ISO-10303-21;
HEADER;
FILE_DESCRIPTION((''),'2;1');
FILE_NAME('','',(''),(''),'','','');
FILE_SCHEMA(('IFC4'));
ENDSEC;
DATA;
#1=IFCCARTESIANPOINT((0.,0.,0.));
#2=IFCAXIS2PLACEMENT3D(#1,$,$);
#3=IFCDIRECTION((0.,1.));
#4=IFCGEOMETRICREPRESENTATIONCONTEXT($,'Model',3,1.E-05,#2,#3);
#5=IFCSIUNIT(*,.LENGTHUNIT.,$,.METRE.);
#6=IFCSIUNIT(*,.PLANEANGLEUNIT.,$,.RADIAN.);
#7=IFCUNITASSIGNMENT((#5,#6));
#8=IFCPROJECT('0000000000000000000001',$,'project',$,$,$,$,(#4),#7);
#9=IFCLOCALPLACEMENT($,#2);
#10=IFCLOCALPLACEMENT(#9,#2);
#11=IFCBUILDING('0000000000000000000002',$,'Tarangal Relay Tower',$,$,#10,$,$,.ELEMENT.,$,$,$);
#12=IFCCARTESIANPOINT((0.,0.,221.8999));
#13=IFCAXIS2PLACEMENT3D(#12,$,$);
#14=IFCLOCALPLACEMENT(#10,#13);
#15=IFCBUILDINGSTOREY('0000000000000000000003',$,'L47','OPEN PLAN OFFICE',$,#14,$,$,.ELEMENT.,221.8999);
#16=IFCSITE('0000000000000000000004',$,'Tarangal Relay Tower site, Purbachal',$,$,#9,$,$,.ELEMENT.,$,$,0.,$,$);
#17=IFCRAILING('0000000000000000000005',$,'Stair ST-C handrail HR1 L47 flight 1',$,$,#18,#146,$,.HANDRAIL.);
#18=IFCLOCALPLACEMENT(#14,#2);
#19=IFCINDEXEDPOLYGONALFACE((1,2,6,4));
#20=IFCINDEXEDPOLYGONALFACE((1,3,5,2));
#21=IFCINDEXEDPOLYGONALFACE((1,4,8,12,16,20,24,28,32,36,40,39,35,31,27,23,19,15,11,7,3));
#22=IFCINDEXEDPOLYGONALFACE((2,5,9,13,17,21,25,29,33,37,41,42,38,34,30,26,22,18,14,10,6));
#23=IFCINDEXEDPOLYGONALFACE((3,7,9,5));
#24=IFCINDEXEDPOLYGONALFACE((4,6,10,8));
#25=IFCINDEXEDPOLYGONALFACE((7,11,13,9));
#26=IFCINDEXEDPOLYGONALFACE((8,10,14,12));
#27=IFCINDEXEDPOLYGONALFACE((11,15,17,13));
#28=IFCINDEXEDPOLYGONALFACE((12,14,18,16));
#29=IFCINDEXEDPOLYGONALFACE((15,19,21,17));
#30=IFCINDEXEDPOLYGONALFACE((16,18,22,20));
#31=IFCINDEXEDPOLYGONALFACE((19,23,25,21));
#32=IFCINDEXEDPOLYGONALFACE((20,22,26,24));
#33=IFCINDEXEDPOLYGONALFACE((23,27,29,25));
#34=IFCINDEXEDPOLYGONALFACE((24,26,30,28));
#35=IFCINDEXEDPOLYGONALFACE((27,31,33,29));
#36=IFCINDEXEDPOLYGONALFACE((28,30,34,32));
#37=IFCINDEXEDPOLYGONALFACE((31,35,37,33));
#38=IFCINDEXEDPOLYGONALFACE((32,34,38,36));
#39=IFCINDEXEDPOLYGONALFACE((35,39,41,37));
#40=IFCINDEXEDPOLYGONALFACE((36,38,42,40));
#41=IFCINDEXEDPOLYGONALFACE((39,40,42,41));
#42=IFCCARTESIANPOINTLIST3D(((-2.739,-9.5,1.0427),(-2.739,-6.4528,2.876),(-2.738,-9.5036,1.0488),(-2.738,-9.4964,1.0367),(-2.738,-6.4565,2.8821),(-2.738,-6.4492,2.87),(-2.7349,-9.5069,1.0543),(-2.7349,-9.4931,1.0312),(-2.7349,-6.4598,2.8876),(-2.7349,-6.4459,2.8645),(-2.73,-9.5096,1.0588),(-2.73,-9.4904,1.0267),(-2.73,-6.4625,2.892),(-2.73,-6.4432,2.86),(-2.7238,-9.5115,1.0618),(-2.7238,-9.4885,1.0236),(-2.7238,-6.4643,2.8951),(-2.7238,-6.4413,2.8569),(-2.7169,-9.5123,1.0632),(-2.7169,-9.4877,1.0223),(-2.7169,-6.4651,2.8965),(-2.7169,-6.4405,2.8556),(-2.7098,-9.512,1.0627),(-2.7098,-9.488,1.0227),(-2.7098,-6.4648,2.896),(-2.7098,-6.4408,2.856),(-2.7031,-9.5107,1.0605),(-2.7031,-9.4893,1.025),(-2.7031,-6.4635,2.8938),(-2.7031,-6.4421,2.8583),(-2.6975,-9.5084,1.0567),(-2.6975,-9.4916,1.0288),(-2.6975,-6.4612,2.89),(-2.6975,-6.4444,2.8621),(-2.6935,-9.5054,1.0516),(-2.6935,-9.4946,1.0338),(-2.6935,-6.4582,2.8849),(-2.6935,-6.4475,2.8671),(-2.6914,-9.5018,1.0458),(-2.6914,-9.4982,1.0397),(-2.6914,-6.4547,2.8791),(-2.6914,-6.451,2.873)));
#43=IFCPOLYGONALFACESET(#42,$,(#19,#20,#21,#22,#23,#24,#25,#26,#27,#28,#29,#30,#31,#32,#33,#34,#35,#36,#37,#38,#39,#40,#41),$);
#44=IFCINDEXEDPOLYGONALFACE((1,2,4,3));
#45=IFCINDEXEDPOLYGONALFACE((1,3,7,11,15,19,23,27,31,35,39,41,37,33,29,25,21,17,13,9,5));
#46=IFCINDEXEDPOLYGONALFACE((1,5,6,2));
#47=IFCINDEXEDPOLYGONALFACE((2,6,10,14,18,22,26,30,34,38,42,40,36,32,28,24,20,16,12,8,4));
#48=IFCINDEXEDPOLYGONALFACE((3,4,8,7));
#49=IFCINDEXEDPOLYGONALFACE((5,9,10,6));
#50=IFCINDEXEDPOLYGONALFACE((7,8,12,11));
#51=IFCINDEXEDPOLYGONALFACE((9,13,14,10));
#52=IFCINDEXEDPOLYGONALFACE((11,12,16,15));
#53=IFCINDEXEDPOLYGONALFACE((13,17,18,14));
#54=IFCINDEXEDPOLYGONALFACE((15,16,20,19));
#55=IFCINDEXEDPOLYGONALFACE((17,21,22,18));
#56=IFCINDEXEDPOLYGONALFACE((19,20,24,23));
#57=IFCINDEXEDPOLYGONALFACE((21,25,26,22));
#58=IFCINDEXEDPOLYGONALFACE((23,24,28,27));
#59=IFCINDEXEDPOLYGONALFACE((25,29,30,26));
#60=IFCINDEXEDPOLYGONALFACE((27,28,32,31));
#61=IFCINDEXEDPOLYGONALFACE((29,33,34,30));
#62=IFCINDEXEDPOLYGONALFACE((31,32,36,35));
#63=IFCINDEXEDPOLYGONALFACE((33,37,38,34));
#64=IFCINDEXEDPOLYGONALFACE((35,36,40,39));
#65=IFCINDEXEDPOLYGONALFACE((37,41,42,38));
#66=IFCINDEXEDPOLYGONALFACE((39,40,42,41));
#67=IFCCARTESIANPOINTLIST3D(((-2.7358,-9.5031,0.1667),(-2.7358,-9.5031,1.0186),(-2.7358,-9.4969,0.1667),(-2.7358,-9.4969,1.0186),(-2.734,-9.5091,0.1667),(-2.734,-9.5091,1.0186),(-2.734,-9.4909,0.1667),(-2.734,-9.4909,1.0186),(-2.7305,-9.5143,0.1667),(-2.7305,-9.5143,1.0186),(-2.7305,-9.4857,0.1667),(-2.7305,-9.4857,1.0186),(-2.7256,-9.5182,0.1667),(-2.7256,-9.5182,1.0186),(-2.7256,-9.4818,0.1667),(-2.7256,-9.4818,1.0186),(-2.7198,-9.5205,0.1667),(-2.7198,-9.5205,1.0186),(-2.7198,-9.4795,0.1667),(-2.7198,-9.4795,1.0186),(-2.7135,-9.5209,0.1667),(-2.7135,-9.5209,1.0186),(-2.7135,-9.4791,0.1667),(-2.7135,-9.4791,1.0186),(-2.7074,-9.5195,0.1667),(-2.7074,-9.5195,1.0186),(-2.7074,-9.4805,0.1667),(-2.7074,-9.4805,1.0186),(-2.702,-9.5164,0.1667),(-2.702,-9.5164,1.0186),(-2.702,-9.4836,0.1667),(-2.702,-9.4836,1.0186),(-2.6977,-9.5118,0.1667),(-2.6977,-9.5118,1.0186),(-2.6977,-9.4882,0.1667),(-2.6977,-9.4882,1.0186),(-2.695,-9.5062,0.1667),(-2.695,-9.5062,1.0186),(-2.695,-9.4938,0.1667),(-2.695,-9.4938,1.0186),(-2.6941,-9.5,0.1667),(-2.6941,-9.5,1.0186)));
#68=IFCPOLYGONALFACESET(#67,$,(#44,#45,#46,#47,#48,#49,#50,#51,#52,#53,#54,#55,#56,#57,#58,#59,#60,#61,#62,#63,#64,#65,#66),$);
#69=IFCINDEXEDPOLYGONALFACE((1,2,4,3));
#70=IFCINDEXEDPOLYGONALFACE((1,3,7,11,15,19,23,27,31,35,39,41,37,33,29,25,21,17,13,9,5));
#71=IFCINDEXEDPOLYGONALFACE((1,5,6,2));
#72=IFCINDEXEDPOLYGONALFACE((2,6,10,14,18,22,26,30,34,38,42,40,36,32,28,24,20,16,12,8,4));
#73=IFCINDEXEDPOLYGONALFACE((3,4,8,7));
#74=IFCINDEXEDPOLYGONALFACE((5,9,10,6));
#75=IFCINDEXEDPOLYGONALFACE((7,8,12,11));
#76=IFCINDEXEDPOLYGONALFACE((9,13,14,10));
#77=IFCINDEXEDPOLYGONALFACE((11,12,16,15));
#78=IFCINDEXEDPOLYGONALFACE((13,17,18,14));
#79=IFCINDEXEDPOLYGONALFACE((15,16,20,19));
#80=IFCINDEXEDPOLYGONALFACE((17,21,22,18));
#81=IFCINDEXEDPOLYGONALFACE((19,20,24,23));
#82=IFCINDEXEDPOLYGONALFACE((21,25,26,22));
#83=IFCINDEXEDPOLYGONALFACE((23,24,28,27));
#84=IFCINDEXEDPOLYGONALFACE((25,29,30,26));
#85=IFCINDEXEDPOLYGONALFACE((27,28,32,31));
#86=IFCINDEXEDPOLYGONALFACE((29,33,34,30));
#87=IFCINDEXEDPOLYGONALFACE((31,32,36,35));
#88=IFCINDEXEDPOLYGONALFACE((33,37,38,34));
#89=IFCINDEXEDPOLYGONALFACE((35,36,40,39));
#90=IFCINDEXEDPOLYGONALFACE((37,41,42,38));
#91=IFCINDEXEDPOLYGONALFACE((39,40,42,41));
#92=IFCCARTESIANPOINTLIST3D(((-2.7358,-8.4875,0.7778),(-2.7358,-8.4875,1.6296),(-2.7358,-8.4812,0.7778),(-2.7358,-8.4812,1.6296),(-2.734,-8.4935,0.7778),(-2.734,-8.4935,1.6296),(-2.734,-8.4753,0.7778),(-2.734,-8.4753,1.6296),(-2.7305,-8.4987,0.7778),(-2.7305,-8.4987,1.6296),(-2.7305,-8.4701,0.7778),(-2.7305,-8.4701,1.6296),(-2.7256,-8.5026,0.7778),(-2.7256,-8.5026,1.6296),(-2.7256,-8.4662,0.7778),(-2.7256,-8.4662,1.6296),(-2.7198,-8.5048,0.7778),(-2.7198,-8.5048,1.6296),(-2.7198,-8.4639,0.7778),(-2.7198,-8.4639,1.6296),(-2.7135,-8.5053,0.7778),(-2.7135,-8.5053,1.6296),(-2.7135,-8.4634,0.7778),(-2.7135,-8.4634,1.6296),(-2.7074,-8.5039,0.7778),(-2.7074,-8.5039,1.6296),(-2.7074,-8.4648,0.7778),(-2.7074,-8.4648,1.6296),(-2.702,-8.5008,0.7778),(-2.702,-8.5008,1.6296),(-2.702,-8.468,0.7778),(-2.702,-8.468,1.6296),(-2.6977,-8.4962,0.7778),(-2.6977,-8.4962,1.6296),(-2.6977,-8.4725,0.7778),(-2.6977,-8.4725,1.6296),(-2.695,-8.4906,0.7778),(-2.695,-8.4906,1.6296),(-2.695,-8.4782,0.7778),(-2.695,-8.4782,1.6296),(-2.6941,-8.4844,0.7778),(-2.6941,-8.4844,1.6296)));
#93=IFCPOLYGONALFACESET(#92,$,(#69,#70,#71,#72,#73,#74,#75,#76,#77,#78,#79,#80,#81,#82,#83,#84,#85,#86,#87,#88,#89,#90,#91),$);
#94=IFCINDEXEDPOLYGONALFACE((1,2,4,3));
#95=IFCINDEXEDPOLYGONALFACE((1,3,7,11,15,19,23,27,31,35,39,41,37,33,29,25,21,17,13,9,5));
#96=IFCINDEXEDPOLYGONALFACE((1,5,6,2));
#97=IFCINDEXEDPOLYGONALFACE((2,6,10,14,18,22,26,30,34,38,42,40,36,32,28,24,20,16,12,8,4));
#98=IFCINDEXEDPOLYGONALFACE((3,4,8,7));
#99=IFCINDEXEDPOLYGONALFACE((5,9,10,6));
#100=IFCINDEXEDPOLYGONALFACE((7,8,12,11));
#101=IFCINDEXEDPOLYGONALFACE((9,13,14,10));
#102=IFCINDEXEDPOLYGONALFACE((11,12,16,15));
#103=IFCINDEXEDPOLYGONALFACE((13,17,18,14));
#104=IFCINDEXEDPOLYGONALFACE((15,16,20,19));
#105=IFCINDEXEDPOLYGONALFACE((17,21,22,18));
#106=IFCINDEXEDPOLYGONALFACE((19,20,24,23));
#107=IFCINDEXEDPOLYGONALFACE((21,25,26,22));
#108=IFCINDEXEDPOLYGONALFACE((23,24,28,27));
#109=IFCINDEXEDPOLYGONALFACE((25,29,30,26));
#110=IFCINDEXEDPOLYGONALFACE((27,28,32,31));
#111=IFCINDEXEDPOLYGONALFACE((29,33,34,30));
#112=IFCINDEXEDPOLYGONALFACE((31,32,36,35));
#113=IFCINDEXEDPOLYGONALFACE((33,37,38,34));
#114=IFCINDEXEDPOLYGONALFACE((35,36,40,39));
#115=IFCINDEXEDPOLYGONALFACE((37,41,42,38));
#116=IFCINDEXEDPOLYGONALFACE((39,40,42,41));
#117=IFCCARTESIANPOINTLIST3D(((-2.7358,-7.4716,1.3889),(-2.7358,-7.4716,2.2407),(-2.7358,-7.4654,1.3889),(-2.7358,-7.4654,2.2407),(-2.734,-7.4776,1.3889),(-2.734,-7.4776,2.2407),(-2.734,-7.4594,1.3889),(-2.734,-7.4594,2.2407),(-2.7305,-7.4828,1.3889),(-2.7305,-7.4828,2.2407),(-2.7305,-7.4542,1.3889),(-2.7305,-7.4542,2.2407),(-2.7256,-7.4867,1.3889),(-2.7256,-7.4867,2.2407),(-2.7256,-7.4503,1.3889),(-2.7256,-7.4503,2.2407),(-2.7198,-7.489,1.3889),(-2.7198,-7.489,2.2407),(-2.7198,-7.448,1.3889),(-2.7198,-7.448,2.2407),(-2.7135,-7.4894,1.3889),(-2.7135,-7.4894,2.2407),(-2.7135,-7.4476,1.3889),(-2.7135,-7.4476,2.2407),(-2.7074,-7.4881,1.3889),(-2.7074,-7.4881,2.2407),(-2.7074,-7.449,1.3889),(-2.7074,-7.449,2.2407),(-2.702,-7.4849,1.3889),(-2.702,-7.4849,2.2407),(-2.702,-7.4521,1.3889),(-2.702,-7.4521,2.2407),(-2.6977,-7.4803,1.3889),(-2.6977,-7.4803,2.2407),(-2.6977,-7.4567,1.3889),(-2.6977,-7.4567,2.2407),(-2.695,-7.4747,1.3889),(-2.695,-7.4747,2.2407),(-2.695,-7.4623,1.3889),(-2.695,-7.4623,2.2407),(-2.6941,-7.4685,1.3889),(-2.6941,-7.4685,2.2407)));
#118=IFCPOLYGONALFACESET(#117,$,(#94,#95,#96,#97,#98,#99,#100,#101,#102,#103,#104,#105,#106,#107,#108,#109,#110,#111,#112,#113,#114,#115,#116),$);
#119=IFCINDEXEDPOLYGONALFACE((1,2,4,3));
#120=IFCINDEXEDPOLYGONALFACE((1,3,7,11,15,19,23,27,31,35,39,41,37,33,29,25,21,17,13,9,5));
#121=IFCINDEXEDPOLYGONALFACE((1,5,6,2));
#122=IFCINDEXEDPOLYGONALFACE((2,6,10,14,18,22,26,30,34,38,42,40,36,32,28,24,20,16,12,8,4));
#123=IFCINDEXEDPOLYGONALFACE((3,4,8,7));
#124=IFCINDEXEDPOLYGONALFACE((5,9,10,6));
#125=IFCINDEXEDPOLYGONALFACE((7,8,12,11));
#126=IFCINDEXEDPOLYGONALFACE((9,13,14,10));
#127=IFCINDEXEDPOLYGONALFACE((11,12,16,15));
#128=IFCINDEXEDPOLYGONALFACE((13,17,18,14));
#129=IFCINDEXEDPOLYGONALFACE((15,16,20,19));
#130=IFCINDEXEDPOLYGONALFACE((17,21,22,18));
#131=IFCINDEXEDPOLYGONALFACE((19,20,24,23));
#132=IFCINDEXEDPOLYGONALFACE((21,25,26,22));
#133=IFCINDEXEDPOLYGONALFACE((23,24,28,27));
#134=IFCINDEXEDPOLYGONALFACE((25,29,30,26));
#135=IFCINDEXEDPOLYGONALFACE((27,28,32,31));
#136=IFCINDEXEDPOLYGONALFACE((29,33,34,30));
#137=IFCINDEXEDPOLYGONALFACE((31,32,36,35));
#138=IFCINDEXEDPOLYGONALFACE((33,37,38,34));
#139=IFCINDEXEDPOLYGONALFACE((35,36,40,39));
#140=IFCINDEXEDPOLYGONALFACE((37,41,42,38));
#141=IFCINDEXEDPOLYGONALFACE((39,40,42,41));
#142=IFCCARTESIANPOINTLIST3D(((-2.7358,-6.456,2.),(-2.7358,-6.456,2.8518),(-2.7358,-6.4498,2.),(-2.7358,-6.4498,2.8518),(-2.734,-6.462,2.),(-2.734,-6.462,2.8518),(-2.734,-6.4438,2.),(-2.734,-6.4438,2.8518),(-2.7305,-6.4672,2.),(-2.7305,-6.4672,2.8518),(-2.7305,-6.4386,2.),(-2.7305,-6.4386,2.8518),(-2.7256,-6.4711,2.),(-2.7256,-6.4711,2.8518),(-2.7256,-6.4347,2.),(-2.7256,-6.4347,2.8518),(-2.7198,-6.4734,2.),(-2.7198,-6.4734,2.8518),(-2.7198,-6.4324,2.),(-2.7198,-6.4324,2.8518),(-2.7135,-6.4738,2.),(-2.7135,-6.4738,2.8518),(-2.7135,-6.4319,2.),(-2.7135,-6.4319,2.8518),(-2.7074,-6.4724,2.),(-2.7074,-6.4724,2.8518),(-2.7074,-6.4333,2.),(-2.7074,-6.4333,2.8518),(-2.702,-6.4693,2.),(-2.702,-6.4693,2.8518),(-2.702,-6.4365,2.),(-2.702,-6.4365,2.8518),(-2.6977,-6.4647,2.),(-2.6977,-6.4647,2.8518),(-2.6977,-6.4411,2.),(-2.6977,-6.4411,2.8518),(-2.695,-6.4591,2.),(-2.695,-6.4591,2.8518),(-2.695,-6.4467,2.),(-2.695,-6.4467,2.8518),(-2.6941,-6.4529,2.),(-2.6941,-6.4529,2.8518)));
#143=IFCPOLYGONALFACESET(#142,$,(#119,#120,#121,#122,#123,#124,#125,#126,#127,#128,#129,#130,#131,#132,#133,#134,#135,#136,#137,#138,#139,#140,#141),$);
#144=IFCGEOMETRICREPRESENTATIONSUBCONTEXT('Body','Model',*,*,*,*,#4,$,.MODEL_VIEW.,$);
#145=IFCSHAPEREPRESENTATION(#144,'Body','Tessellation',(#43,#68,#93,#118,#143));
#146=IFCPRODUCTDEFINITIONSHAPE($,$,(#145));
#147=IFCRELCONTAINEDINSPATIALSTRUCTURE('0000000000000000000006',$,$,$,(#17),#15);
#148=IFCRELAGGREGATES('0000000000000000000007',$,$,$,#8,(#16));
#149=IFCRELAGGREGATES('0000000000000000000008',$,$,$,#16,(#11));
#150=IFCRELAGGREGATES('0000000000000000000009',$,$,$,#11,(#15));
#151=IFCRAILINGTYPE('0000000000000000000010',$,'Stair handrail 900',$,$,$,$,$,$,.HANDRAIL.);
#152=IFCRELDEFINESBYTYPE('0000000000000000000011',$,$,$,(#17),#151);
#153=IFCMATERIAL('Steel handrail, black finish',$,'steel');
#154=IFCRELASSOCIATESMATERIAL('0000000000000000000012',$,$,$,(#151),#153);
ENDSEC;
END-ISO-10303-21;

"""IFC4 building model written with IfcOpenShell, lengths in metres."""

from ifc_helpers import new_model, si_unit, direction, frame, origin, origin_2d, place, context, subcontext, project, spatial, circle, extrude, material, type_object, element, save


model = new_model("IFC4")

# Units and contexts
model_context = context("Model", 3, precision=1e-05, world=origin(), true_north=direction((0.0, 1.0)))
body_context = subcontext(model_context, "Body", "Model", "MODEL_VIEW")
ifc_project = project(units=[si_unit("LENGTHUNIT", "METRE"), si_unit("PLANEANGLEUNIT", "RADIAN")], contexts=[model_context])

# Site, building, storey
site_placement = place(None, origin())
site = spatial("IfcSite", under=ifc_project, at=site_placement, Name="Tarangal Relay Tower site, Purbachal", CompositionType="ELEMENT", RefElevation=0.0)
building_placement = place(site_placement, origin())
building = spatial("IfcBuilding", under=site, at=building_placement, Name="Tarangal Relay Tower", CompositionType="ELEMENT")
storey_placement = place(building_placement, frame((0.0, 0.0, 221.8999)))
storey = spatial("IfcBuildingStorey", under=building, at=storey_placement, Name="L47", Description="OPEN PLAN OFFICE", CompositionType="ELEMENT", Elevation=221.8999)

# Railing
ifc_material_1 = material(Name="Steel handrail, black finish", Category="steel")
railing_type_1 = type_object("IfcRailingType", Name="Stair handrail 900", PredefinedType="HANDRAIL", material=ifc_material_1)
railing_1_placement = place(storey_placement, frame((-2.7151, -9.5, 0.1667)))
element("IfcRailing", 1, at=railing_1_placement, inside=storey, type_object=railing_type_1, Name="Stair ST-C handrail HR1 L47 flight 1", PredefinedType="HANDRAIL", context=body_context, shape_type="SweptSolid", body=[
    extrude(circle(Radius=0.0239, at=origin_2d()), frame((0.0, 0.0, 0.876), z_axis=(0.0, 0.856874, 0.515525), x_axis=(-1.0, 0.0, 0.0)), (0.0, 0.0, 1.0), 3.5562),
    extrude(circle(Radius=0.021, at=origin_2d()), origin(), (0.0, 0.0, 1.0), 0.8518),
    extrude(circle(Radius=0.021, at=origin_2d()), frame((0.0, 1.0156, 0.6111)), (0.0, 0.0, 1.0), 0.8518),
    extrude(circle(Radius=0.021, at=origin_2d()), frame((0.0, 2.0315, 1.2222)), (0.0, 0.0, 1.0), 0.8518),
    extrude(circle(Radius=0.021, at=origin_2d()), frame((0.0, 3.0471, 1.8333)), (0.0, 0.0, 1.0), 0.8518),
])

save(model, "model.ifc")
